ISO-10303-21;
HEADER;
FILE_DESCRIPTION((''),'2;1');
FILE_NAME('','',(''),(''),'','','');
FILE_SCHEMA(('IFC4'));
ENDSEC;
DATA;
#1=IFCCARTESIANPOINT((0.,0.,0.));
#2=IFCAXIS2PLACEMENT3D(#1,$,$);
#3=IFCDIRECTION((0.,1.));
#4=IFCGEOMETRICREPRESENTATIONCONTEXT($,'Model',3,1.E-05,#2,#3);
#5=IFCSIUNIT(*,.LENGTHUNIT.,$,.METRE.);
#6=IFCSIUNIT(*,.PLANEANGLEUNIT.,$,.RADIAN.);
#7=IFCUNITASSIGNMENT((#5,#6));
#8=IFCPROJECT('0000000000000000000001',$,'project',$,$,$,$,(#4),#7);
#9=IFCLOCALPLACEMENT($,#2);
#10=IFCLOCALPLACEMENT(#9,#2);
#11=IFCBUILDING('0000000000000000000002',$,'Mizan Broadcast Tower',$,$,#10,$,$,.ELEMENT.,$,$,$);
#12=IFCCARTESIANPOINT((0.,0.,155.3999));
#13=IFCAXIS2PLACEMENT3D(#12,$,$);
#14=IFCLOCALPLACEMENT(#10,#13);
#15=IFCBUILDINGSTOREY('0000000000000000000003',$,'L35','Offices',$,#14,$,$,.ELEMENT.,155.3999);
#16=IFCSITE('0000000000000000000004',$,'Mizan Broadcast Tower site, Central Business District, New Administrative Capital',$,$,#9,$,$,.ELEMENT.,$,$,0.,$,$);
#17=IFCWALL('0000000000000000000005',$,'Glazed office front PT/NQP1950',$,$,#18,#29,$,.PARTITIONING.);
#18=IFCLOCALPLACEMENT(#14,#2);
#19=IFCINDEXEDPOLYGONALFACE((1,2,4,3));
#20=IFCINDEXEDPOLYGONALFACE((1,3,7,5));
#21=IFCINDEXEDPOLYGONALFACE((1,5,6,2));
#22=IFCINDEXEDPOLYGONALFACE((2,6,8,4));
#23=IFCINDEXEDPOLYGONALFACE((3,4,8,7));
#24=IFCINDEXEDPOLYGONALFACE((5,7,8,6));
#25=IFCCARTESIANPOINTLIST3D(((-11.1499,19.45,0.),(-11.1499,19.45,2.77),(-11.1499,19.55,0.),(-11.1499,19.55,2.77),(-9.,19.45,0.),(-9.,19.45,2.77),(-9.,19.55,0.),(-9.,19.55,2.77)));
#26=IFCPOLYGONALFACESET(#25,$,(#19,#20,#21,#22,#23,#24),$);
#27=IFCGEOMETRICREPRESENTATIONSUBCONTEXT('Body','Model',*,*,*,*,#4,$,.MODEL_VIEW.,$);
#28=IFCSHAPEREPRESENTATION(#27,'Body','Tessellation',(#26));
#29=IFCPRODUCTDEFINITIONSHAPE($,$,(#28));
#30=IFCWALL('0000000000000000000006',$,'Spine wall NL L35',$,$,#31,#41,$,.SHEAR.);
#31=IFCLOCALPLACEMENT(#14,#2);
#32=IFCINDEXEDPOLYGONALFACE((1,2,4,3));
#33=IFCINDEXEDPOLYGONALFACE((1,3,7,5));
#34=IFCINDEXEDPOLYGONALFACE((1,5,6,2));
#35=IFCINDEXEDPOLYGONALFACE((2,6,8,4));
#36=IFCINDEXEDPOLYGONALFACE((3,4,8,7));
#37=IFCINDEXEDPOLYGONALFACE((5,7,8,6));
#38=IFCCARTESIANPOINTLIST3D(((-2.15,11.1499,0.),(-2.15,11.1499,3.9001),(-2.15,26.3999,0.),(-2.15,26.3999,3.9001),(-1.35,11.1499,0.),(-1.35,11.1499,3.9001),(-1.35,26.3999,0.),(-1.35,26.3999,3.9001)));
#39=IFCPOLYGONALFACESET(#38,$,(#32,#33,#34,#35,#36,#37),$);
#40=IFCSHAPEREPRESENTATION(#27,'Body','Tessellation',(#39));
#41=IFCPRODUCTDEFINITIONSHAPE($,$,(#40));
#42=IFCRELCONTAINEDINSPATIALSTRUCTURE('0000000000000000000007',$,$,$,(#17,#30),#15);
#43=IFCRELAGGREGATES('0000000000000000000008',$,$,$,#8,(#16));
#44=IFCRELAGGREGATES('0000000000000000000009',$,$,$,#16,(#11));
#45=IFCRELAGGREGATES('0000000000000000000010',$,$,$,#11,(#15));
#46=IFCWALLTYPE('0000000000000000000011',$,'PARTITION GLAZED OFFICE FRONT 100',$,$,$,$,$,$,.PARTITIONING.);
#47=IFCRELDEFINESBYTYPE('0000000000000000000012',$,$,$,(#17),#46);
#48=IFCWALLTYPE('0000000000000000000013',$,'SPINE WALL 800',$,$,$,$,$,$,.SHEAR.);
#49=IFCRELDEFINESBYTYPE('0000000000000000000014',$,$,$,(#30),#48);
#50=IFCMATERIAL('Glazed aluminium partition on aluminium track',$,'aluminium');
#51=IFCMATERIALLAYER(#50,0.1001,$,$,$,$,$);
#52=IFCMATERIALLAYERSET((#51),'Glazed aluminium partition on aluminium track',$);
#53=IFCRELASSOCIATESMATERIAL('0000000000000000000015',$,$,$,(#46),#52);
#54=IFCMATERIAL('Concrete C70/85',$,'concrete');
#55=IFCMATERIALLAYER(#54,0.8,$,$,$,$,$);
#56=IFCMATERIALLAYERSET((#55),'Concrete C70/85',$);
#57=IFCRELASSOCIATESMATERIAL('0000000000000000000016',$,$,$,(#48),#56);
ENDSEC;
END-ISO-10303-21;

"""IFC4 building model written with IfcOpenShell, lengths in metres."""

from ifc_helpers import new_model, si_unit, direction, frame, frame_2d, origin, place, context, subcontext, project, spatial, rectangle, extrude, material, layer, layer_set, type_object, element, save


model = new_model("IFC4")

# Units and contexts
model_context = context("Model", 3, precision=1e-05, world=origin(), true_north=direction((0.0, 1.0)))
body_context = subcontext(model_context, "Body", "Model", "MODEL_VIEW")
ifc_project = project(units=[si_unit("LENGTHUNIT", "METRE"), si_unit("PLANEANGLEUNIT", "RADIAN")], contexts=[model_context])

# Site, building, storey
site_placement = place(None, origin())
site = spatial("IfcSite", under=ifc_project, at=site_placement, Name="Mizan Broadcast Tower site, Central Business District, New Administrative Capital", CompositionType="ELEMENT", RefElevation=0.0)
building_placement = place(site_placement, origin())
building = spatial("IfcBuilding", under=site, at=building_placement, Name="Mizan Broadcast Tower", CompositionType="ELEMENT")
storey_placement = place(building_placement, frame((0.0, 0.0, 155.3999)))
storey = spatial("IfcBuildingStorey", under=building, at=storey_placement, Name="L35", Description="Offices", CompositionType="ELEMENT", Elevation=155.3999)

# Shared definitions
ifc_material_1 = material(Name="Glazed aluminium partition on aluminium track", Category="aluminium")
ifc_layer_1 = layer(ifc_material_1, 0.1001)
ifc_layer_set_1 = layer_set([ifc_layer_1], Name="Glazed aluminium partition on aluminium track")
wall_type_1 = type_object("IfcWallType", Name="PARTITION GLAZED OFFICE FRONT 100", PredefinedType="PARTITIONING", material=ifc_layer_set_1)

# Walls
wall_1_placement = place(storey_placement, frame((-9.0, 19.5, 0.0), z_axis=(0.0, 0.0, 1.0), x_axis=(-1.0, 0.0, 0.0)))
element("IfcWall", 1, at=wall_1_placement, inside=storey, type_object=wall_type_1, Name="Glazed office front PT/NQP1950", PredefinedType="PARTITIONING", context=body_context, shape_type="SweptSolid", body=[
    extrude(rectangle(XDim=2.1499, YDim=0.1001, at=frame_2d((1.075, 0.0))), origin(), (0.0, 0.0, 1.0), 2.77),
])
ifc_material_2 = material(Name="Concrete C70/85", Category="concrete")
ifc_layer_2 = layer(ifc_material_2, 0.8)
ifc_layer_set_2 = layer_set([ifc_layer_2], Name="Concrete C70/85")
wall_type_2 = type_object("IfcWallType", Name="SPINE WALL 800", PredefinedType="SHEAR", material=ifc_layer_set_2)
wall_2_placement = place(storey_placement, frame((-1.75, 11.1499, 0.0), z_axis=(0.0, 0.0, 1.0), x_axis=(0.0, 1.0, 0.0)))
element("IfcWall", 2, at=wall_2_placement, inside=storey, type_object=wall_type_2, Name="Spine wall NL L35", PredefinedType="SHEAR", context=body_context, shape_type="SweptSolid", body=[
    extrude(rectangle(XDim=15.25, YDim=0.8, at=frame_2d((7.625, 0.0))), origin(), (0.0, 0.0, 1.0), 3.9001),
])

save(model, "model.ifc")
